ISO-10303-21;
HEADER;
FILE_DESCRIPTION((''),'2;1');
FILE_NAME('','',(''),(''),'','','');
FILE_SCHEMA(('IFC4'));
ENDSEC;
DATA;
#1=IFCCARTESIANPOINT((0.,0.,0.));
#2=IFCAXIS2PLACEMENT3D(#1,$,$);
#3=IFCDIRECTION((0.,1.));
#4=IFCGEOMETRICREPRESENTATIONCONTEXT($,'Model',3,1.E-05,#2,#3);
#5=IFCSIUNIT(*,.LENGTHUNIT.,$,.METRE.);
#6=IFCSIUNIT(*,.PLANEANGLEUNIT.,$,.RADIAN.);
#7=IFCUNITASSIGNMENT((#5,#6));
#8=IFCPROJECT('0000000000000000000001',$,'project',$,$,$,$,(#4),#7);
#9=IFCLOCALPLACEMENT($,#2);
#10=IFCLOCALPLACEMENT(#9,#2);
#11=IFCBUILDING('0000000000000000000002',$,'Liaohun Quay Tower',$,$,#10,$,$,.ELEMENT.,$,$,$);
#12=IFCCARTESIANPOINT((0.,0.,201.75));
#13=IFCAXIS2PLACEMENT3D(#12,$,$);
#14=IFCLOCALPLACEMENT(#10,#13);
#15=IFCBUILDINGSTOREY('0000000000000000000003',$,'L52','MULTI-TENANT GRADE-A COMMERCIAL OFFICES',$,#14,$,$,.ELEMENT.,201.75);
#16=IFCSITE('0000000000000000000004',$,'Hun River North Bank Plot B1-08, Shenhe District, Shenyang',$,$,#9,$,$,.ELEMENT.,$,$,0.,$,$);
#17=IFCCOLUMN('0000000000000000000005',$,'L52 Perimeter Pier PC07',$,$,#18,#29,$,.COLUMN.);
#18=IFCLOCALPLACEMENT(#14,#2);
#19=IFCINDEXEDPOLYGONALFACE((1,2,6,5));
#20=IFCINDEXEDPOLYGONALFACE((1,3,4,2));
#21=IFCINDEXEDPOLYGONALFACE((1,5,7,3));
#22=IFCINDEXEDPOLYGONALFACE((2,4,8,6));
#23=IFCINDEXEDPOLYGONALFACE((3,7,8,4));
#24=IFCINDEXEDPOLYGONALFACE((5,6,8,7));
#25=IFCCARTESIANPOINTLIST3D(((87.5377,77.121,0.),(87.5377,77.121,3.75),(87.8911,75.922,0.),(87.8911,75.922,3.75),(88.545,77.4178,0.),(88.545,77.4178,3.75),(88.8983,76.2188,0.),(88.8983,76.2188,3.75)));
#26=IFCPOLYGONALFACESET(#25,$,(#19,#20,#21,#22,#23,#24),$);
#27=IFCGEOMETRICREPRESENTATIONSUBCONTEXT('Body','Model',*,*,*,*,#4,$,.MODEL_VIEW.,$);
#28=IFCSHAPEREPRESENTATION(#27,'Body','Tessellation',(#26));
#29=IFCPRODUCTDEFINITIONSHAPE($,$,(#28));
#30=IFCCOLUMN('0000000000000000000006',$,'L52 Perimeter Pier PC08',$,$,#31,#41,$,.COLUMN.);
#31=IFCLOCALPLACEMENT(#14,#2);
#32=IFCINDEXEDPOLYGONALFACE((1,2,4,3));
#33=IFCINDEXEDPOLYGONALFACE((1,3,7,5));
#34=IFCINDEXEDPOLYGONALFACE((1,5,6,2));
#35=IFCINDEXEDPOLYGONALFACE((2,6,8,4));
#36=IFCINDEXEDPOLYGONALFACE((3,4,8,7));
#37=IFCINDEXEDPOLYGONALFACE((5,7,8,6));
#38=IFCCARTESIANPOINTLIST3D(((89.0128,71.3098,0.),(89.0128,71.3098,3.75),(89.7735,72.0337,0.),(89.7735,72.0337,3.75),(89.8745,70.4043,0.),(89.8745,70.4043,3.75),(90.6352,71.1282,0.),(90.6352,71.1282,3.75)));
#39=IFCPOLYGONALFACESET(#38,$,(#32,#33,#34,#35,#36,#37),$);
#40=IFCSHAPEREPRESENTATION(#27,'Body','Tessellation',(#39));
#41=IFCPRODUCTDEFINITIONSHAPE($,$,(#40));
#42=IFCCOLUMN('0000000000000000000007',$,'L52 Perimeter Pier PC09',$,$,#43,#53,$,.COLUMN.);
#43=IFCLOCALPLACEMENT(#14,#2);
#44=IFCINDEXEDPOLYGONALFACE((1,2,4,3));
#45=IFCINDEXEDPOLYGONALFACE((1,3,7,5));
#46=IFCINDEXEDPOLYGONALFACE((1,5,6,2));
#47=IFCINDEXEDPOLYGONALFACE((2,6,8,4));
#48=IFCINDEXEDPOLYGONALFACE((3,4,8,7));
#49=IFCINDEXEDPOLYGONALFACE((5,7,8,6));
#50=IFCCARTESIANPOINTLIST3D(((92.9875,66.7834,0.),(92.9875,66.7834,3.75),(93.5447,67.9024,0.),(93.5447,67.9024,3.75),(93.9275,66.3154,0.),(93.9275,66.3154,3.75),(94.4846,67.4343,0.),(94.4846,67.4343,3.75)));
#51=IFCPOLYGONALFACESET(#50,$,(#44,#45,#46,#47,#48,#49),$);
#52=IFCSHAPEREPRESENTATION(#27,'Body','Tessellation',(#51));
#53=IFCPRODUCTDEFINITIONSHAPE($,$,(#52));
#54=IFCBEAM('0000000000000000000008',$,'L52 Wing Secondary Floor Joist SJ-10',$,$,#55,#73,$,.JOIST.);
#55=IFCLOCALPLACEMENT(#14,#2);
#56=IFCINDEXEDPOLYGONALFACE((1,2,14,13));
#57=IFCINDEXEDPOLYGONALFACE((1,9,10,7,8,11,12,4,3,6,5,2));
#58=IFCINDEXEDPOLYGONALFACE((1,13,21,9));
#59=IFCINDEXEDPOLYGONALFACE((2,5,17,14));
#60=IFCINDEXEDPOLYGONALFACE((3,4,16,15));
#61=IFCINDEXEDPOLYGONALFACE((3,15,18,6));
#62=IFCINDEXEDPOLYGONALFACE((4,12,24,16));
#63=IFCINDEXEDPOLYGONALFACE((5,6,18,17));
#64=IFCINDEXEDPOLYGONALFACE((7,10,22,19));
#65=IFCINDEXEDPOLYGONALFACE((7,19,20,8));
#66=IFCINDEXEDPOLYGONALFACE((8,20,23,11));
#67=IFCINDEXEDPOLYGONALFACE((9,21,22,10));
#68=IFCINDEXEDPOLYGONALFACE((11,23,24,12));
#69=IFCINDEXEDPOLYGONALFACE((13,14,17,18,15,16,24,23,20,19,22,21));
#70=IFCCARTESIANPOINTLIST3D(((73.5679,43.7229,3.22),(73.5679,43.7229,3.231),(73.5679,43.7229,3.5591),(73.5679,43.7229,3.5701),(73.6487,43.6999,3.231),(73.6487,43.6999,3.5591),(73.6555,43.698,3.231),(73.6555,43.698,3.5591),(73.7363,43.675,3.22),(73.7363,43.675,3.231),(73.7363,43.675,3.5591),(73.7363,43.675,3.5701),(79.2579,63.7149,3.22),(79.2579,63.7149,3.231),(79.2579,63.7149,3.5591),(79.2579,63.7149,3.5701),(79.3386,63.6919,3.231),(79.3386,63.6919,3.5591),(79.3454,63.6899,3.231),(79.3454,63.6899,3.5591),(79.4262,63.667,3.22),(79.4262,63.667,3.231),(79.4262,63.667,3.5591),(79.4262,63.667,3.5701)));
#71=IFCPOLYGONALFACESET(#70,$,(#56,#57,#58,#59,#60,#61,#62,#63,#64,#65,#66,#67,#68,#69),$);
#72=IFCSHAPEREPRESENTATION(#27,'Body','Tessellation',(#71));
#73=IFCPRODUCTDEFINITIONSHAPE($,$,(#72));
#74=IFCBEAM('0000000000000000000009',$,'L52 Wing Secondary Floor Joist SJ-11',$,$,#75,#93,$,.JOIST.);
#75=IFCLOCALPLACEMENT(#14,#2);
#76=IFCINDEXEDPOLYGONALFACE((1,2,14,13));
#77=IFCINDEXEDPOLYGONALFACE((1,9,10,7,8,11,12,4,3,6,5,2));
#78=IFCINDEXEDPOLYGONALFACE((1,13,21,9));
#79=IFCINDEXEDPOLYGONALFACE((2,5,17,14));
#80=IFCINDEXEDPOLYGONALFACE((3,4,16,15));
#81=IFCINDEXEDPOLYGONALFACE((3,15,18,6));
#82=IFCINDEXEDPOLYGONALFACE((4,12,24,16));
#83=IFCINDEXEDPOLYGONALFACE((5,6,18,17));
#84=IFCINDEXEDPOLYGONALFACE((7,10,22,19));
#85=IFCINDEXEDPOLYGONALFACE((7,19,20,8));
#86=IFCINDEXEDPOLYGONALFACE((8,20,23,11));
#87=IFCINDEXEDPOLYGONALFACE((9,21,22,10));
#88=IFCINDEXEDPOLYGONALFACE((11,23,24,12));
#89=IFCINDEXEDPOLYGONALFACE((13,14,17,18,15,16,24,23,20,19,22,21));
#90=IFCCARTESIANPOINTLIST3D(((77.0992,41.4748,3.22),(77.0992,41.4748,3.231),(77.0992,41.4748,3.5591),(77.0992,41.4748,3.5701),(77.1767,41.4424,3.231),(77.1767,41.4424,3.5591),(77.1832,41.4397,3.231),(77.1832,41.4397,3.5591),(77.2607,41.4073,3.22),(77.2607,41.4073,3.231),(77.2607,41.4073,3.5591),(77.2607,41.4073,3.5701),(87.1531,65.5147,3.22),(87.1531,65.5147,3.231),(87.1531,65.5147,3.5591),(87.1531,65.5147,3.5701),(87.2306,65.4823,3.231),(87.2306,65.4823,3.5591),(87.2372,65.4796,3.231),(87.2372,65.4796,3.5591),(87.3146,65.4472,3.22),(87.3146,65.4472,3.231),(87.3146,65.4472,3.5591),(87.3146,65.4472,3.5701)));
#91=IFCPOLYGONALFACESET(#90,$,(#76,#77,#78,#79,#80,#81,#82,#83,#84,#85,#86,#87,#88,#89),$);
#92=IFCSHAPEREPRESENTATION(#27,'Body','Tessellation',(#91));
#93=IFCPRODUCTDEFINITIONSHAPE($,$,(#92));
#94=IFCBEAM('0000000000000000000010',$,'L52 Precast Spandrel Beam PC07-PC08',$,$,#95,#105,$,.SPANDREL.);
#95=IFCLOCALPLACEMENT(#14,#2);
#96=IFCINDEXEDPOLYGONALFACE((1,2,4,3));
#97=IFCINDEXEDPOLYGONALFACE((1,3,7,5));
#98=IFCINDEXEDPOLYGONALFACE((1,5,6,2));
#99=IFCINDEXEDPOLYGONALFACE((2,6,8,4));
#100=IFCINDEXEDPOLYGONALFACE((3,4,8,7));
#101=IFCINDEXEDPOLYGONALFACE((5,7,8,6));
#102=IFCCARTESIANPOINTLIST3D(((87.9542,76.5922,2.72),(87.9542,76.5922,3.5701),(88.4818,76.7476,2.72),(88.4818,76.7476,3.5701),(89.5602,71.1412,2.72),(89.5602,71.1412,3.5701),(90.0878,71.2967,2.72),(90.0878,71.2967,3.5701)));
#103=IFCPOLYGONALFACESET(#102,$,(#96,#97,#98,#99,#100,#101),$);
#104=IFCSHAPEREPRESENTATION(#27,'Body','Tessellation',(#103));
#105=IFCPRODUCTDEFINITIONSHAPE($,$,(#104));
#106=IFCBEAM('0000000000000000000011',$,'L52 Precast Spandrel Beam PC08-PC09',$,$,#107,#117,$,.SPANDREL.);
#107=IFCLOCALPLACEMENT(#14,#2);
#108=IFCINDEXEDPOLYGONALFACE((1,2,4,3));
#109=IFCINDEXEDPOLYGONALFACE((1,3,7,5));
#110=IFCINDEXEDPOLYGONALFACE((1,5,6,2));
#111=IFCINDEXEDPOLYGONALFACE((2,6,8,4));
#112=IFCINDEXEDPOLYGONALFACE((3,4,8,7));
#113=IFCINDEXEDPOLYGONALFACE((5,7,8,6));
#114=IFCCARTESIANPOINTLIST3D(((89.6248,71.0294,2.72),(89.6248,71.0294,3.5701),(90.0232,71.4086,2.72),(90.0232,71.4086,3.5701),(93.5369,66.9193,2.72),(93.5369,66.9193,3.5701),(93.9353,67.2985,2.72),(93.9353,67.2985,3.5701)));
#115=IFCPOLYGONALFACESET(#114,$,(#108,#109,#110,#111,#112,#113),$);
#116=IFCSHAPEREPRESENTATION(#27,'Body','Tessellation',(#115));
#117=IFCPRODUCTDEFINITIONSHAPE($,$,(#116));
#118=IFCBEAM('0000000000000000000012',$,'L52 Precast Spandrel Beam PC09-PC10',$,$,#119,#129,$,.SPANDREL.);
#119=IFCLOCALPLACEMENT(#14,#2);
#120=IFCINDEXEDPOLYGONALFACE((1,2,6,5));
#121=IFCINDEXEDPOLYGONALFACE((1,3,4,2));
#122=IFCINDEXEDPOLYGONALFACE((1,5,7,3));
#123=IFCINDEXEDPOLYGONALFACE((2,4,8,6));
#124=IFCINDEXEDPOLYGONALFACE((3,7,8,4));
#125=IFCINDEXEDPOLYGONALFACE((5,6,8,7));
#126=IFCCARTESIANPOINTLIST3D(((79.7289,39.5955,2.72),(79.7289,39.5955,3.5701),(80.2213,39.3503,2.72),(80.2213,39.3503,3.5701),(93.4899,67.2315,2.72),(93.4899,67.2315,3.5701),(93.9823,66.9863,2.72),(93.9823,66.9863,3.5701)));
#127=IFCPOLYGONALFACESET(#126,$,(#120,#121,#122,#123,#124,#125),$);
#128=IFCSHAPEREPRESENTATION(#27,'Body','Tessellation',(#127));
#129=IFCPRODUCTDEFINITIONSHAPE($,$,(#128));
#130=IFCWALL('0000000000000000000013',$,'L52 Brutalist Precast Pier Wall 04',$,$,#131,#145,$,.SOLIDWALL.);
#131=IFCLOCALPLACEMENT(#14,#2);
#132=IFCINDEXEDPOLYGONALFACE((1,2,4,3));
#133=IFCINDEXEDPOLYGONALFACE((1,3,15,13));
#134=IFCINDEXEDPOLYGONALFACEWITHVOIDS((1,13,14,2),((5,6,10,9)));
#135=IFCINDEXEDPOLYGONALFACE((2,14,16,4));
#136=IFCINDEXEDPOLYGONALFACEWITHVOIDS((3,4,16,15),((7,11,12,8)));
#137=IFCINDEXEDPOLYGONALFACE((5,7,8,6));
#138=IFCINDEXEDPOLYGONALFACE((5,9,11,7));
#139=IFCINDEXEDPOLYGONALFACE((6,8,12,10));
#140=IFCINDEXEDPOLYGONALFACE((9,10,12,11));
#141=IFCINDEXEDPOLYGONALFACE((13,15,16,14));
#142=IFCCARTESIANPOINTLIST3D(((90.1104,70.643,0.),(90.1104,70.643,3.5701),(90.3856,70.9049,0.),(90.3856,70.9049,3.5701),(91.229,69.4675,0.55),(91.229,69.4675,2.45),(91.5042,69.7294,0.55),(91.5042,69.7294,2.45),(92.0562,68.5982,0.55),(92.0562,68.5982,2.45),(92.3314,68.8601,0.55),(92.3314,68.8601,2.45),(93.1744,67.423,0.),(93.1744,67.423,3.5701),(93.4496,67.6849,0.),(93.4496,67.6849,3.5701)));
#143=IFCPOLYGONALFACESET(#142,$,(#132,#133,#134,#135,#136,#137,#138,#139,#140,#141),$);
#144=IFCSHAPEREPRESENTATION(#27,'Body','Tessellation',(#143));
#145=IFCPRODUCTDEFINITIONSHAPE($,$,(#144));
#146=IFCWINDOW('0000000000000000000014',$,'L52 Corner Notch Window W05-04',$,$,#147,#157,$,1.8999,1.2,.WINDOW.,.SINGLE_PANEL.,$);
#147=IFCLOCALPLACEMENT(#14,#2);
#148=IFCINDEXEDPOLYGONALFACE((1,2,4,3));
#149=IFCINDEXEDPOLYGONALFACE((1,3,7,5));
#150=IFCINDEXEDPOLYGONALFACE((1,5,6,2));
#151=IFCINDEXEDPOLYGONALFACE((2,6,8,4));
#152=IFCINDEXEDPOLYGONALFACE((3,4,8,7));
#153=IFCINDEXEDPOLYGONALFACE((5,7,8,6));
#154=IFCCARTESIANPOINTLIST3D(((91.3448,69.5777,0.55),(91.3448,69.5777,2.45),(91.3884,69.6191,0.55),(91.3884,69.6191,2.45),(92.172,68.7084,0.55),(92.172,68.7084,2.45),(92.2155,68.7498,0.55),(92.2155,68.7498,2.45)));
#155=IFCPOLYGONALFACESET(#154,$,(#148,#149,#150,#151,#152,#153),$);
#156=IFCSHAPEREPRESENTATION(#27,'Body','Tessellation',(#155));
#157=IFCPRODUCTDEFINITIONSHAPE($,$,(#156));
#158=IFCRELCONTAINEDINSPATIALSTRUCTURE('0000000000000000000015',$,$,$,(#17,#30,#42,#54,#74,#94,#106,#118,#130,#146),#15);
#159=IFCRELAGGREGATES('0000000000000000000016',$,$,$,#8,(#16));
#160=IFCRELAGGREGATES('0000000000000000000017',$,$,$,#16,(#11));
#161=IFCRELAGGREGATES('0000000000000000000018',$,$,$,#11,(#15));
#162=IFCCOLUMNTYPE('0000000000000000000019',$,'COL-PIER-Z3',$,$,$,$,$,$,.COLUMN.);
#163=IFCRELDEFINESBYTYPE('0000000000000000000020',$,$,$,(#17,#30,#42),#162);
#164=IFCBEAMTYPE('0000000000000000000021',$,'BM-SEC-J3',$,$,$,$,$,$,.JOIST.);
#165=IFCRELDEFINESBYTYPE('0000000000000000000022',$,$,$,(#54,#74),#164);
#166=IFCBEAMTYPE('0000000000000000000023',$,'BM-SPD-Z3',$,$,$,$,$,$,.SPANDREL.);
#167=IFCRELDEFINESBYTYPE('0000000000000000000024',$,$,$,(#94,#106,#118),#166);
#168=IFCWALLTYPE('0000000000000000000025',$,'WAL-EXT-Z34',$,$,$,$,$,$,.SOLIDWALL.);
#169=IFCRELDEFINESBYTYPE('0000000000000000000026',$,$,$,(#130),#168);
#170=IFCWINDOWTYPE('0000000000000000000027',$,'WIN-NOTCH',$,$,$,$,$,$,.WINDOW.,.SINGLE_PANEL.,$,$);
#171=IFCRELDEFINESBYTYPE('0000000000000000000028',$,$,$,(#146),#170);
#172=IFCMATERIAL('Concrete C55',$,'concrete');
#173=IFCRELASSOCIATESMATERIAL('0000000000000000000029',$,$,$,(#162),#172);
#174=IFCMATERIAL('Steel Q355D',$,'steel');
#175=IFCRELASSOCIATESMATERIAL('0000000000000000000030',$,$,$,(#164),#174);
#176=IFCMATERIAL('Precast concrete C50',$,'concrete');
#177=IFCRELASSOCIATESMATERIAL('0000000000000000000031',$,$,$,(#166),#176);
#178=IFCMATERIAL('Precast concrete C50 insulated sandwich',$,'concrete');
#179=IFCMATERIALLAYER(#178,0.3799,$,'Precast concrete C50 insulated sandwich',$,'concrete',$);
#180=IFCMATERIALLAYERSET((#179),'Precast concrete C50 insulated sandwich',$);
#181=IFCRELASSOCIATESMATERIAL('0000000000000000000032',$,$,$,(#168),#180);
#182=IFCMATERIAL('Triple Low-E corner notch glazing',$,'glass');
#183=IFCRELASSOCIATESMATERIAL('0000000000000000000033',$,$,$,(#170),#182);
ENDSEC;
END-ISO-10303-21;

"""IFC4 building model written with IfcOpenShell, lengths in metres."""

from ifc_helpers import new_model, si_unit, direction, frame, frame_2d, origin, origin_2d, place, context, subcontext, project, spatial, rectangle, i_section, extrude, source, transform, mapped, material, layer, layer_set, material_profile, profile_set, type_object, element, fill, save


model = new_model("IFC4")

# Units and contexts
model_context = context("Model", 3, precision=1e-05, world=origin(), true_north=direction((0.0, 1.0)))
body_context = subcontext(model_context, "Body", "Model", "MODEL_VIEW")
ifc_project = project(units=[si_unit("LENGTHUNIT", "METRE"), si_unit("PLANEANGLEUNIT", "RADIAN")], contexts=[model_context])

# Site, building, storey
site_placement = place(None, origin())
site = spatial("IfcSite", under=ifc_project, at=site_placement, Name="Hun River North Bank Plot B1-08, Shenhe District, Shenyang", CompositionType="ELEMENT", RefElevation=0.0)
building_placement = place(site_placement, origin())
building = spatial("IfcBuilding", under=site, at=building_placement, Name="Liaohun Quay Tower", CompositionType="ELEMENT")
storey_placement = place(building_placement, frame((0.0, 0.0, 201.75)))
storey = spatial("IfcBuildingStorey", under=building, at=storey_placement, Name="L52", Description="MULTI-TENANT GRADE-A COMMERCIAL OFFICES", CompositionType="ELEMENT", Elevation=201.75)

# Columns
ifc_material_1 = material(Name="Concrete C55", Category="concrete")
ifc_material_profile_1 = material_profile(ifc_material_1, rectangle(XDim=1.25, YDim=1.05, at=origin_2d()), Name="RC1250x1050")
ifc_profile_set_1 = profile_set([ifc_material_profile_1], Name="Concrete C55")
column_type = type_object("IfcColumnType", Name="COL-PIER-Z3", PredefinedType="COLUMN", material=ifc_profile_set_1)
shared_shape_1 = source(origin(), body_context, "Body", "SweptSolid", [
    extrude(rectangle(XDim=1.25, YDim=1.05, at=origin_2d()), origin(), (0.0, 0.0, 1.0), 3.75),
])
for number, where, z_axis, x_axis, name in (
    (1, (88.218, 76.6699, 0.0), (0.0, 0.0, 1.0), (-0.282676, 0.959215, 0.0), "L52 Perimeter Pier PC07"),
    (2, (89.824, 71.219, 0.0), (0.0, 0.0, 1.0), (-0.689367, 0.724413, 0.0), "L52 Perimeter Pier PC08"),
    (3, (93.7361, 67.1089, 0.0), (0.0, 0.0, 1.0), (0.445729, 0.895168, 0.0), "L52 Perimeter Pier PC09"),
):
    element("IfcColumn", number, at=place(storey_placement, frame(where, z_axis=z_axis, x_axis=x_axis)), inside=storey, type_object=column_type, Name=name, PredefinedType="COLUMN", context=body_context, shape_type="MappedRepresentation", body=[
        mapped(shared_shape_1, transform((0.0, 0.0, 0.0), x_axis=(1.0, 0.0, 0.0), y_axis=(0.0, 1.0, 0.0), z_axis=(0.0, 0.0, 1.0), scale=1.0)),
    ])

# Beams
ifc_material_2 = material(Name="Steel Q355D", Category="steel")
ifc_material_profile_2 = material_profile(ifc_material_2, i_section(OverallWidth=0.175, OverallDepth=0.3501, WebThickness=0.0071, FlangeThickness=0.011, at=origin_2d()), Name="HN350x175x7x11")
ifc_profile_set_2 = profile_set([ifc_material_profile_2], Name="Steel Q355D")
beam_type_1 = type_object("IfcBeamType", Name="BM-SEC-J3", PredefinedType="JOIST", material=ifc_profile_set_2)
shared_shape_2 = source(origin(), body_context, "Body", "SweptSolid", [
    extrude(i_section(OverallWidth=0.175, OverallDepth=0.3501, WebThickness=0.0071, FlangeThickness=0.011, at=origin_2d()), origin(), (0.0, 0.0, 1.0), 20.7859),
])
beam_1_placement = place(storey_placement, frame((79.342, 63.6909, 3.395), z_axis=(-0.273741, -0.961804, 0.0), x_axis=(0.961804, -0.273741, 0.0)))
element("IfcBeam", 4, at=beam_1_placement, inside=storey, type_object=beam_type_1, Name="L52 Wing Secondary Floor Joist SJ-10", PredefinedType="JOIST", context=body_context, shape_type="MappedRepresentation", body=[
    mapped(shared_shape_2, transform((0.0, 0.0, 0.0), x_axis=(1.0, 0.0, 0.0), y_axis=(0.0, 1.0, 0.0), z_axis=(0.0, 0.0, 1.0), scale=1.0)),
])
shared_shape_3 = source(origin(), body_context, "Body", "SweptSolid", [
    extrude(i_section(OverallWidth=0.175, OverallDepth=0.3501, WebThickness=0.0071, FlangeThickness=0.011, at=origin_2d()), origin(), (0.0, 0.0, 1.0), 26.0576),
])
beam_2_placement = place(storey_placement, frame((87.2339, 65.481, 3.395), z_axis=(-0.385834, -0.922568, 0.0), x_axis=(0.922568, -0.385834, 0.0)))
element("IfcBeam", 5, at=beam_2_placement, inside=storey, type_object=beam_type_1, Name="L52 Wing Secondary Floor Joist SJ-11", PredefinedType="JOIST", context=body_context, shape_type="MappedRepresentation", body=[
    mapped(shared_shape_3, transform((0.0, 0.0, 0.0), x_axis=(1.0, 0.0, 0.0), y_axis=(0.0, 1.0, 0.0), z_axis=(0.0, 0.0, 1.0), scale=1.0)),
])
ifc_material_3 = material(Name="Precast concrete C50", Category="concrete")
ifc_material_profile_3 = material_profile(ifc_material_3, rectangle(XDim=0.55, YDim=0.8501, at=origin_2d()), Name="RC550x850")
ifc_profile_set_3 = profile_set([ifc_material_profile_3], Name="Precast concrete C50")
beam_type_2 = type_object("IfcBeamType", Name="BM-SPD-Z3", PredefinedType="SPANDREL", material=ifc_profile_set_3)
shared_shape_4 = source(origin(), body_context, "Body", "SweptSolid", [
    extrude(rectangle(XDim=0.55, YDim=0.8501, at=origin_2d()), origin(), (0.0, 0.0, 1.0), 5.6826),
])
beam_3_placement = place(storey_placement, frame((88.218, 76.6699, 3.145), z_axis=(0.282611, -0.959235, 0.0), x_axis=(0.959235, 0.282611, 0.0)))
element("IfcBeam", 6, at=beam_3_placement, inside=storey, type_object=beam_type_2, Name="L52 Precast Spandrel Beam PC07-PC08", PredefinedType="SPANDREL", context=body_context, shape_type="MappedRepresentation", body=[
    mapped(shared_shape_4, transform((0.0, 0.0, 0.0), x_axis=(1.0, 0.0, 0.0), y_axis=(0.0, 1.0, 0.0), z_axis=(0.0, 0.0, 1.0), scale=1.0)),
])
shared_shape_5 = source(origin(), body_context, "Body", "SweptSolid", [
    extrude(rectangle(XDim=0.55, YDim=0.8501, at=origin_2d()), origin(), (0.0, 0.0, 1.0), 5.6743),
])
beam_4_placement = place(storey_placement, frame((89.824, 71.219, 3.145), z_axis=(0.689445, -0.724338, 0.0), x_axis=(0.724338, 0.689445, 0.0)))
element("IfcBeam", 7, at=beam_4_placement, inside=storey, type_object=beam_type_2, Name="L52 Precast Spandrel Beam PC08-PC09", PredefinedType="SPANDREL", context=body_context, shape_type="MappedRepresentation", body=[
    mapped(shared_shape_5, transform((0.0, 0.0, 0.0), x_axis=(1.0, 0.0, 0.0), y_axis=(0.0, 1.0, 0.0), z_axis=(0.0, 0.0, 1.0), scale=1.0)),
])
shared_shape_6 = source(origin(), body_context, "Body", "SweptSolid", [
    extrude(rectangle(XDim=0.55, YDim=0.8501, at=origin_2d()), origin(), (0.0, 0.0, 1.0), 30.8726),
])
beam_5_placement = place(storey_placement, frame((93.7361, 67.1089, 3.145), z_axis=(-0.445736, -0.895165, 0.0), x_axis=(0.895165, -0.445736, 0.0)))
element("IfcBeam", 8, at=beam_5_placement, inside=storey, type_object=beam_type_2, Name="L52 Precast Spandrel Beam PC09-PC10", PredefinedType="SPANDREL", context=body_context, shape_type="MappedRepresentation", body=[
    mapped(shared_shape_6, transform((0.0, 0.0, 0.0), x_axis=(1.0, 0.0, 0.0), y_axis=(0.0, 1.0, 0.0), z_axis=(0.0, 0.0, 1.0), scale=1.0)),
])

# Wall, opening, window
ifc_material_4 = material(Name="Precast concrete C50 insulated sandwich", Category="concrete")
ifc_layer_1 = layer(ifc_material_4, 0.3799, Name="Precast concrete C50 insulated sandwich", Category="concrete")
ifc_layer_set_1 = layer_set([ifc_layer_1], Name="Precast concrete C50 insulated sandwich")
wall_type_1 = type_object("IfcWallType", Name="WAL-EXT-Z34", PredefinedType="SOLIDWALL", material=ifc_layer_set_1)
wall_1_placement = place(storey_placement, frame((93.312, 67.554, 0.0), z_axis=(0.0, 0.0, 1.0), x_axis=(-0.68934, 0.724438, 0.0)))
wall_1 = element("IfcWall", 9, at=wall_1_placement, inside=storey, type_object=wall_type_1, Name="L52 Brutalist Precast Pier Wall 04", PredefinedType="SOLIDWALL", context=body_context, shape_type="SweptSolid", body=[
    extrude(rectangle(XDim=4.4448, YDim=0.3799, at=frame_2d((2.2224, 0.0))), origin(), (0.0, 0.0, 1.0), 3.5701),
])
shared_shape_7 = source(origin(), body_context, "Body", "SweptSolid", [
    extrude(rectangle(XDim=1.2, YDim=1.8999, at=frame_2d((0.6001, 0.95))), frame((0.0, 0.2, 0.0), z_axis=(0.0, -1.0, 0.0), x_axis=(1.0, 0.0, 0.0)), (0.0, 0.0, 1.0), 0.3999),
])
opening_1_placement = place(wall_1_placement, frame((1.6221, 0.0, 0.55)))
opening_1 = element("IfcOpeningElement", 10, at=opening_1_placement, cuts=wall_1, PredefinedType="OPENING", context=body_context, shape_type="MappedRepresentation", body=[
    mapped(shared_shape_7, transform((0.0, 0.0, 0.0), x_axis=(1.0, 0.0, 0.0), y_axis=(0.0, 1.0, 0.0), z_axis=(0.0, 0.0, 1.0), scale=1.0)),
])
ifc_material_5 = material(Name="Triple Low-E corner notch glazing", Category="glass")
window_type_1 = type_object("IfcWindowType", Name="WIN-NOTCH", PartitioningType="SINGLE_PANEL", PredefinedType="WINDOW", material=ifc_material_5)
shared_shape_8 = source(origin(), body_context, "Body", "SweptSolid", [
    extrude(rectangle(XDim=1.2, YDim=1.8999, at=frame_2d((0.6001, 0.95))), frame((0.0, 0.03, 0.0), z_axis=(0.0, -1.0, 0.0), x_axis=(1.0, 0.0, 0.0)), (0.0, 0.0, 1.0), 0.0601),
])
window_1_placement = place(opening_1_placement, origin())
window_1 = element("IfcWindow", 11, at=window_1_placement, inside=storey, type_object=window_type_1, Name="L52 Corner Notch Window W05-04", OverallHeight=1.8999, OverallWidth=1.2, PartitioningType="SINGLE_PANEL", PredefinedType="WINDOW", context=body_context, shape_type="MappedRepresentation", body=[
    mapped(shared_shape_8, transform((0.0, 0.0, 0.0), x_axis=(1.0, 0.0, 0.0), y_axis=(0.0, 1.0, 0.0), z_axis=(0.0, 0.0, 1.0), scale=1.0)),
])
fill(opening_1, window_1)

save(model, "model.ifc")
